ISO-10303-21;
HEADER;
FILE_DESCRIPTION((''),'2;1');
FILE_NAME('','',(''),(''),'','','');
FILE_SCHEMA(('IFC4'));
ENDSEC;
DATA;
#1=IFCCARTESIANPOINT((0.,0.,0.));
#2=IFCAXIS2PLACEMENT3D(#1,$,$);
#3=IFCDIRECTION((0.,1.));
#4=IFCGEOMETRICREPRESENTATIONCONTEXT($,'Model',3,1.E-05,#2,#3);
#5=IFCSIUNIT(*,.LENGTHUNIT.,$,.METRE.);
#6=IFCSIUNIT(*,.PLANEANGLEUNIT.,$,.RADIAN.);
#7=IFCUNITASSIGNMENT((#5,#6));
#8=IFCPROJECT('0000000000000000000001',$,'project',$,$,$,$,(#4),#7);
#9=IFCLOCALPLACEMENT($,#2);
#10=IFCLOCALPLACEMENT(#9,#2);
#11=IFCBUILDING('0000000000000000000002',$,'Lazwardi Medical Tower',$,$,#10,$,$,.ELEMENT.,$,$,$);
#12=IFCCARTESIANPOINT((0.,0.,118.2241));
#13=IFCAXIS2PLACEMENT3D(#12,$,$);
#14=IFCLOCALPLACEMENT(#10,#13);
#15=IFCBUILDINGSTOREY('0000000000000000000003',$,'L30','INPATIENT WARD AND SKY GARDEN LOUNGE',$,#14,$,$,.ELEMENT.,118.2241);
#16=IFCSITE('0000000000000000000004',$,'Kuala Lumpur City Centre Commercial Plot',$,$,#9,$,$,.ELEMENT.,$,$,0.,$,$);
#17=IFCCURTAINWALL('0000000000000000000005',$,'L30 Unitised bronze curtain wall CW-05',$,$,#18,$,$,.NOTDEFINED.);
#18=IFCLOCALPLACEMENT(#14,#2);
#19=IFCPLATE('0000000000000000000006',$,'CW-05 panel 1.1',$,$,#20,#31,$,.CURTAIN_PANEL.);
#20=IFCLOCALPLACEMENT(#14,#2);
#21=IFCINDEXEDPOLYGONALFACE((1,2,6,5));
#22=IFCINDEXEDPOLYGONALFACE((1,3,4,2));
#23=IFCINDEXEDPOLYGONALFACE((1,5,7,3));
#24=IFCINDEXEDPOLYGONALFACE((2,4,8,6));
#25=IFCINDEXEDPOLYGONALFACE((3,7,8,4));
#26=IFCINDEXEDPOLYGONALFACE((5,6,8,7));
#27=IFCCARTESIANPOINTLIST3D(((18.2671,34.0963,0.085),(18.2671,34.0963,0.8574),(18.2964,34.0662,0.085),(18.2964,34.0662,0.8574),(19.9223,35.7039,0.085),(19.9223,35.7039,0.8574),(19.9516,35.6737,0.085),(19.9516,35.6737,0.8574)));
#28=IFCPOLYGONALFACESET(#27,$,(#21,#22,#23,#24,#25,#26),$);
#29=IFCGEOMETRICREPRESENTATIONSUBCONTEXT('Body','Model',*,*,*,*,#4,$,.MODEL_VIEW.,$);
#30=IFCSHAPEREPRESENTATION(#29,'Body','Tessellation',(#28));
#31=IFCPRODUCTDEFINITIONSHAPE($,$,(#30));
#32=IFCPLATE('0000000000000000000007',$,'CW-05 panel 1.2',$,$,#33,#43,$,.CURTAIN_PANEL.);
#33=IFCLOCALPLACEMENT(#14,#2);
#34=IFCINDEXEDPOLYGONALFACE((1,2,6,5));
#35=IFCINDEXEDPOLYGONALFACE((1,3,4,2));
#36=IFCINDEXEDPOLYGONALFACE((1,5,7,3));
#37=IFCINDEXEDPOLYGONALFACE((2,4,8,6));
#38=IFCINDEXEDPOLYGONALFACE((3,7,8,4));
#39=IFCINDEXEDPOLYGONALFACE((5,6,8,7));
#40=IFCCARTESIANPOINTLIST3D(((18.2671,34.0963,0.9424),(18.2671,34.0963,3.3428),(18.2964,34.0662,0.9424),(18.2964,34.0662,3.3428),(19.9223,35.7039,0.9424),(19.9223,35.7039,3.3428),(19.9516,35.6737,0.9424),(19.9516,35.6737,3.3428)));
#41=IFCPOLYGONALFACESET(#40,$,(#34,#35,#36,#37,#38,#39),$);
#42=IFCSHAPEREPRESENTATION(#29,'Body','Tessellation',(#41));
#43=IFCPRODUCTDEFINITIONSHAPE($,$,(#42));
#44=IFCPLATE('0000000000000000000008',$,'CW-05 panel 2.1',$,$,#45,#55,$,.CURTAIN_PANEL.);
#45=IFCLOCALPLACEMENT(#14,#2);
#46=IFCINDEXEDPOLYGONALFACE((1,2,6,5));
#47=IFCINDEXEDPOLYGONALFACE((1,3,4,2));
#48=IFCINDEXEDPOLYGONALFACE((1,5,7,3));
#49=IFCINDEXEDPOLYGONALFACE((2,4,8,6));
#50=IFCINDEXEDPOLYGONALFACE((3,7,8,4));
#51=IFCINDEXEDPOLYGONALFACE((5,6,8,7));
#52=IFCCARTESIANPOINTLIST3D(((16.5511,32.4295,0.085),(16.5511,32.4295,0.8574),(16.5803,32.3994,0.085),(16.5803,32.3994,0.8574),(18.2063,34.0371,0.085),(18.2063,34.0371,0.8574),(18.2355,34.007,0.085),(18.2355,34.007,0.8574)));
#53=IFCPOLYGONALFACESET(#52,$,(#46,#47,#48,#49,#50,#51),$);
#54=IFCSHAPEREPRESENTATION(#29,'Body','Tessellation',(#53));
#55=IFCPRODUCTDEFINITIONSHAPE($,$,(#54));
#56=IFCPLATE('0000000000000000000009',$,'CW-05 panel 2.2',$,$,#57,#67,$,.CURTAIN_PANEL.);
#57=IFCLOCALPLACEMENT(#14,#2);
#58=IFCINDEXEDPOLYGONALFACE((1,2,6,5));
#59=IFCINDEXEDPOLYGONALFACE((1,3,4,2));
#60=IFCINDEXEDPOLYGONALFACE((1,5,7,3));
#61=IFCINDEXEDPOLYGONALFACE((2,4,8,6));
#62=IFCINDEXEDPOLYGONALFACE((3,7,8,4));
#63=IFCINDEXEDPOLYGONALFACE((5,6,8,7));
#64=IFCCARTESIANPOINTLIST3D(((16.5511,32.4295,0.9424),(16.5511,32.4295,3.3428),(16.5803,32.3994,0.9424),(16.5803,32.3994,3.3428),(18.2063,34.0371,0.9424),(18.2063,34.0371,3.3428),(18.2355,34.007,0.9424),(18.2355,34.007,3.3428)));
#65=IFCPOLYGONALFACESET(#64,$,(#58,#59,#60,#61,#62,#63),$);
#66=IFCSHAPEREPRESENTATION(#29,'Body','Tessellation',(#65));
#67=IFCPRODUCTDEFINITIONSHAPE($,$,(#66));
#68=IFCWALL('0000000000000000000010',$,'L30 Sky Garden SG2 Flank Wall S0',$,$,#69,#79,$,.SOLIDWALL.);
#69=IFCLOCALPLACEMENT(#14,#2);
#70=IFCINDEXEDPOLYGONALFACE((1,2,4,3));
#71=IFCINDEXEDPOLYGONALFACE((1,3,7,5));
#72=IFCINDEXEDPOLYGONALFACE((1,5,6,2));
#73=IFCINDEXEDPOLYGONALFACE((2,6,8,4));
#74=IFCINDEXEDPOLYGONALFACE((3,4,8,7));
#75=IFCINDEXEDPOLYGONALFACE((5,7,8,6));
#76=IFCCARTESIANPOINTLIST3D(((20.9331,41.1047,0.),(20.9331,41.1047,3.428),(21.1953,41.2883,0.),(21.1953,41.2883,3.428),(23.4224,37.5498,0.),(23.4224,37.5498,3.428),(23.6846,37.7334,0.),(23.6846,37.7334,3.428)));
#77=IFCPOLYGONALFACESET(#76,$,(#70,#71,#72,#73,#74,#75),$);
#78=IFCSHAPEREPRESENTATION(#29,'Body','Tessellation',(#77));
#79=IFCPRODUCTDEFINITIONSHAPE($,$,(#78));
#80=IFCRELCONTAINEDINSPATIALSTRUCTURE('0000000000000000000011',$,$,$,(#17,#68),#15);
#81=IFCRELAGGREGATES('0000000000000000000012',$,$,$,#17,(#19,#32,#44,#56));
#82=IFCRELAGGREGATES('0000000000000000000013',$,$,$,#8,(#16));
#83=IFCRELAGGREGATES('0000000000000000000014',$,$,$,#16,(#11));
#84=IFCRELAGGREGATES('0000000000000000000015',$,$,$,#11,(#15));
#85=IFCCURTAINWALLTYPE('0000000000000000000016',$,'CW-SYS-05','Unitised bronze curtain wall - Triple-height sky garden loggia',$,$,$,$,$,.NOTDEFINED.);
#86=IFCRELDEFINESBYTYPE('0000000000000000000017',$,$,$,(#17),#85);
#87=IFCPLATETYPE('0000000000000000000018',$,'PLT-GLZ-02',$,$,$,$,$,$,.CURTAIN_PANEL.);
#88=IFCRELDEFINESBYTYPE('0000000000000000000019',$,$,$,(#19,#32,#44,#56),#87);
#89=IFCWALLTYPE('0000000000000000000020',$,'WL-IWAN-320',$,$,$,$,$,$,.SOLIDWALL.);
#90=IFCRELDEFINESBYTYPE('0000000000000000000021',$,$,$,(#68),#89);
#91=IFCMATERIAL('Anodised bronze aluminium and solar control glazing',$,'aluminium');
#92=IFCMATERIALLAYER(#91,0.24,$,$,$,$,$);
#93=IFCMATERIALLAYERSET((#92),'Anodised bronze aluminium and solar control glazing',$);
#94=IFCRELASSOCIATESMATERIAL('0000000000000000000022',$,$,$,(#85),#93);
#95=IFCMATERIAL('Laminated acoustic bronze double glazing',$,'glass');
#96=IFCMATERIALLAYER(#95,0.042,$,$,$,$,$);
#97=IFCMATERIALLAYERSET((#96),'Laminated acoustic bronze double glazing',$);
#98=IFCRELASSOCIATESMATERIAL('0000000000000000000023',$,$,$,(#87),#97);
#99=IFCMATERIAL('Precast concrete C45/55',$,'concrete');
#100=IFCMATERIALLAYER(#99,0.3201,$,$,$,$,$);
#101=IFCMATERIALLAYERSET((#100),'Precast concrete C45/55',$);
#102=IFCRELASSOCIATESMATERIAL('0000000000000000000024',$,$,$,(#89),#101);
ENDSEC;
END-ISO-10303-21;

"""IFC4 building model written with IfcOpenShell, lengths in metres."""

from ifc_helpers import new_model, si_unit, direction, frame, frame_2d, origin, origin_2d, place, context, subcontext, project, spatial, rectangle, extrude, material, layer, layer_set, type_object, element, aggregate, save


model = new_model("IFC4")

# Units and contexts
model_context = context("Model", 3, precision=1e-05, world=origin(), true_north=direction((0.0, 1.0)))
body_context = subcontext(model_context, "Body", "Model", "MODEL_VIEW")
ifc_project = project(units=[si_unit("LENGTHUNIT", "METRE"), si_unit("PLANEANGLEUNIT", "RADIAN")], contexts=[model_context])

# Site, building, storey
site_placement = place(None, origin())
site = spatial("IfcSite", under=ifc_project, at=site_placement, Name="Kuala Lumpur City Centre Commercial Plot", CompositionType="ELEMENT", RefElevation=0.0)
building_placement = place(site_placement, origin())
building = spatial("IfcBuilding", under=site, at=building_placement, Name="Lazwardi Medical Tower", CompositionType="ELEMENT")
storey_placement = place(building_placement, frame((0.0, 0.0, 118.2241)))
storey = spatial("IfcBuildingStorey", under=building, at=storey_placement, Name="L30", Description="INPATIENT WARD AND SKY GARDEN LOUNGE", CompositionType="ELEMENT", Elevation=118.2241)

# Shared definitions
ifc_material_1 = material(Name="Anodised bronze aluminium and solar control glazing", Category="aluminium")
ifc_layer_1 = layer(ifc_material_1, 0.24)
ifc_layer_set_1 = layer_set([ifc_layer_1], Name="Anodised bronze aluminium and solar control glazing")
curtain_wall_type = type_object("IfcCurtainWallType", Name="CW-SYS-05", Description="Unitised bronze curtain wall - Triple-height sky garden loggia", PredefinedType="NOTDEFINED", material=ifc_layer_set_1)

# Curtain wall
curtain_wall_1_placement = place(storey_placement, origin())
curtain_wall_1 = element("IfcCurtainWall", 1, at=curtain_wall_1_placement, inside=storey, type_object=curtain_wall_type, Name="L30 Unitised bronze curtain wall CW-05", PredefinedType="NOTDEFINED")

# Plates
ifc_material_2 = material(Name="Laminated acoustic bronze double glazing", Category="glass")
ifc_layer_2 = layer(ifc_material_2, 0.042)
ifc_layer_set_2 = layer_set([ifc_layer_2], Name="Laminated acoustic bronze double glazing")
plate_type = type_object("IfcPlateType", Name="PLT-GLZ-02", PredefinedType="CURTAIN_PANEL", material=ifc_layer_set_2)
plate_1_placement = place(storey_placement, frame((19.1094, 34.885, 0.085), z_axis=(0.0, 0.0, 1.0), x_axis=(-0.717351, -0.696712, 0.0)))
plate_1 = element("IfcPlate", 2, at=plate_1_placement, type_object=plate_type, Name="CW-05 panel 1.1", PredefinedType="CURTAIN_PANEL", context=body_context, shape_type="SweptSolid", body=[
    extrude(rectangle(XDim=2.3074, YDim=0.042, at=origin_2d()), origin(), (0.0, 0.0, 1.0), 0.7725),
])
plate_2_placement = place(storey_placement, frame((19.1094, 34.885, 0.9424), z_axis=(0.0, 0.0, 1.0), x_axis=(-0.717351, -0.696712, 0.0)))
plate_2 = element("IfcPlate", 3, at=plate_2_placement, type_object=plate_type, Name="CW-05 panel 1.2", PredefinedType="CURTAIN_PANEL", context=body_context, shape_type="SweptSolid", body=[
    extrude(rectangle(XDim=2.3074, YDim=0.042, at=origin_2d()), origin(), (0.0, 0.0, 1.0), 2.4004),
])
plate_3_placement = place(storey_placement, frame((17.3933, 33.2183, 0.085), z_axis=(0.0, 0.0, 1.0), x_axis=(-0.717351, -0.696712, 0.0)))
plate_3 = element("IfcPlate", 4, at=plate_3_placement, type_object=plate_type, Name="CW-05 panel 2.1", PredefinedType="CURTAIN_PANEL", context=body_context, shape_type="SweptSolid", body=[
    extrude(rectangle(XDim=2.3074, YDim=0.042, at=origin_2d()), origin(), (0.0, 0.0, 1.0), 0.7725),
])
plate_4_placement = place(storey_placement, frame((17.3933, 33.2183, 0.9424), z_axis=(0.0, 0.0, 1.0), x_axis=(-0.717351, -0.696712, 0.0)))
plate_4 = element("IfcPlate", 5, at=plate_4_placement, type_object=plate_type, Name="CW-05 panel 2.2", PredefinedType="CURTAIN_PANEL", context=body_context, shape_type="SweptSolid", body=[
    extrude(rectangle(XDim=2.3074, YDim=0.042, at=origin_2d()), origin(), (0.0, 0.0, 1.0), 2.4004),
])
aggregate(curtain_wall_1, [plate_1, plate_2, plate_3, plate_4])

# Wall
ifc_material_3 = material(Name="Precast concrete C45/55", Category="concrete")
ifc_layer_3 = layer(ifc_material_3, 0.3201)
ifc_layer_set_3 = layer_set([ifc_layer_3], Name="Precast concrete C45/55")
wall_type = type_object("IfcWallType", Name="WL-IWAN-320", PredefinedType="SOLIDWALL", material=ifc_layer_set_3)
wall_placement = place(storey_placement, frame((21.0642, 41.1965, 0.0), z_axis=(0.0, 0.0, 1.0), x_axis=(0.573587, -0.819145, 0.0)))
element("IfcWall", 6, at=wall_placement, inside=storey, type_object=wall_type, Name="L30 Sky Garden SG2 Flank Wall S0", PredefinedType="SOLIDWALL", context=body_context, shape_type="SweptSolid", body=[
    extrude(rectangle(XDim=4.3398, YDim=0.3201, at=frame_2d((2.1699, 0.0))), origin(), (0.0, 0.0, 1.0), 3.428),
])

save(model, "model.ifc")
